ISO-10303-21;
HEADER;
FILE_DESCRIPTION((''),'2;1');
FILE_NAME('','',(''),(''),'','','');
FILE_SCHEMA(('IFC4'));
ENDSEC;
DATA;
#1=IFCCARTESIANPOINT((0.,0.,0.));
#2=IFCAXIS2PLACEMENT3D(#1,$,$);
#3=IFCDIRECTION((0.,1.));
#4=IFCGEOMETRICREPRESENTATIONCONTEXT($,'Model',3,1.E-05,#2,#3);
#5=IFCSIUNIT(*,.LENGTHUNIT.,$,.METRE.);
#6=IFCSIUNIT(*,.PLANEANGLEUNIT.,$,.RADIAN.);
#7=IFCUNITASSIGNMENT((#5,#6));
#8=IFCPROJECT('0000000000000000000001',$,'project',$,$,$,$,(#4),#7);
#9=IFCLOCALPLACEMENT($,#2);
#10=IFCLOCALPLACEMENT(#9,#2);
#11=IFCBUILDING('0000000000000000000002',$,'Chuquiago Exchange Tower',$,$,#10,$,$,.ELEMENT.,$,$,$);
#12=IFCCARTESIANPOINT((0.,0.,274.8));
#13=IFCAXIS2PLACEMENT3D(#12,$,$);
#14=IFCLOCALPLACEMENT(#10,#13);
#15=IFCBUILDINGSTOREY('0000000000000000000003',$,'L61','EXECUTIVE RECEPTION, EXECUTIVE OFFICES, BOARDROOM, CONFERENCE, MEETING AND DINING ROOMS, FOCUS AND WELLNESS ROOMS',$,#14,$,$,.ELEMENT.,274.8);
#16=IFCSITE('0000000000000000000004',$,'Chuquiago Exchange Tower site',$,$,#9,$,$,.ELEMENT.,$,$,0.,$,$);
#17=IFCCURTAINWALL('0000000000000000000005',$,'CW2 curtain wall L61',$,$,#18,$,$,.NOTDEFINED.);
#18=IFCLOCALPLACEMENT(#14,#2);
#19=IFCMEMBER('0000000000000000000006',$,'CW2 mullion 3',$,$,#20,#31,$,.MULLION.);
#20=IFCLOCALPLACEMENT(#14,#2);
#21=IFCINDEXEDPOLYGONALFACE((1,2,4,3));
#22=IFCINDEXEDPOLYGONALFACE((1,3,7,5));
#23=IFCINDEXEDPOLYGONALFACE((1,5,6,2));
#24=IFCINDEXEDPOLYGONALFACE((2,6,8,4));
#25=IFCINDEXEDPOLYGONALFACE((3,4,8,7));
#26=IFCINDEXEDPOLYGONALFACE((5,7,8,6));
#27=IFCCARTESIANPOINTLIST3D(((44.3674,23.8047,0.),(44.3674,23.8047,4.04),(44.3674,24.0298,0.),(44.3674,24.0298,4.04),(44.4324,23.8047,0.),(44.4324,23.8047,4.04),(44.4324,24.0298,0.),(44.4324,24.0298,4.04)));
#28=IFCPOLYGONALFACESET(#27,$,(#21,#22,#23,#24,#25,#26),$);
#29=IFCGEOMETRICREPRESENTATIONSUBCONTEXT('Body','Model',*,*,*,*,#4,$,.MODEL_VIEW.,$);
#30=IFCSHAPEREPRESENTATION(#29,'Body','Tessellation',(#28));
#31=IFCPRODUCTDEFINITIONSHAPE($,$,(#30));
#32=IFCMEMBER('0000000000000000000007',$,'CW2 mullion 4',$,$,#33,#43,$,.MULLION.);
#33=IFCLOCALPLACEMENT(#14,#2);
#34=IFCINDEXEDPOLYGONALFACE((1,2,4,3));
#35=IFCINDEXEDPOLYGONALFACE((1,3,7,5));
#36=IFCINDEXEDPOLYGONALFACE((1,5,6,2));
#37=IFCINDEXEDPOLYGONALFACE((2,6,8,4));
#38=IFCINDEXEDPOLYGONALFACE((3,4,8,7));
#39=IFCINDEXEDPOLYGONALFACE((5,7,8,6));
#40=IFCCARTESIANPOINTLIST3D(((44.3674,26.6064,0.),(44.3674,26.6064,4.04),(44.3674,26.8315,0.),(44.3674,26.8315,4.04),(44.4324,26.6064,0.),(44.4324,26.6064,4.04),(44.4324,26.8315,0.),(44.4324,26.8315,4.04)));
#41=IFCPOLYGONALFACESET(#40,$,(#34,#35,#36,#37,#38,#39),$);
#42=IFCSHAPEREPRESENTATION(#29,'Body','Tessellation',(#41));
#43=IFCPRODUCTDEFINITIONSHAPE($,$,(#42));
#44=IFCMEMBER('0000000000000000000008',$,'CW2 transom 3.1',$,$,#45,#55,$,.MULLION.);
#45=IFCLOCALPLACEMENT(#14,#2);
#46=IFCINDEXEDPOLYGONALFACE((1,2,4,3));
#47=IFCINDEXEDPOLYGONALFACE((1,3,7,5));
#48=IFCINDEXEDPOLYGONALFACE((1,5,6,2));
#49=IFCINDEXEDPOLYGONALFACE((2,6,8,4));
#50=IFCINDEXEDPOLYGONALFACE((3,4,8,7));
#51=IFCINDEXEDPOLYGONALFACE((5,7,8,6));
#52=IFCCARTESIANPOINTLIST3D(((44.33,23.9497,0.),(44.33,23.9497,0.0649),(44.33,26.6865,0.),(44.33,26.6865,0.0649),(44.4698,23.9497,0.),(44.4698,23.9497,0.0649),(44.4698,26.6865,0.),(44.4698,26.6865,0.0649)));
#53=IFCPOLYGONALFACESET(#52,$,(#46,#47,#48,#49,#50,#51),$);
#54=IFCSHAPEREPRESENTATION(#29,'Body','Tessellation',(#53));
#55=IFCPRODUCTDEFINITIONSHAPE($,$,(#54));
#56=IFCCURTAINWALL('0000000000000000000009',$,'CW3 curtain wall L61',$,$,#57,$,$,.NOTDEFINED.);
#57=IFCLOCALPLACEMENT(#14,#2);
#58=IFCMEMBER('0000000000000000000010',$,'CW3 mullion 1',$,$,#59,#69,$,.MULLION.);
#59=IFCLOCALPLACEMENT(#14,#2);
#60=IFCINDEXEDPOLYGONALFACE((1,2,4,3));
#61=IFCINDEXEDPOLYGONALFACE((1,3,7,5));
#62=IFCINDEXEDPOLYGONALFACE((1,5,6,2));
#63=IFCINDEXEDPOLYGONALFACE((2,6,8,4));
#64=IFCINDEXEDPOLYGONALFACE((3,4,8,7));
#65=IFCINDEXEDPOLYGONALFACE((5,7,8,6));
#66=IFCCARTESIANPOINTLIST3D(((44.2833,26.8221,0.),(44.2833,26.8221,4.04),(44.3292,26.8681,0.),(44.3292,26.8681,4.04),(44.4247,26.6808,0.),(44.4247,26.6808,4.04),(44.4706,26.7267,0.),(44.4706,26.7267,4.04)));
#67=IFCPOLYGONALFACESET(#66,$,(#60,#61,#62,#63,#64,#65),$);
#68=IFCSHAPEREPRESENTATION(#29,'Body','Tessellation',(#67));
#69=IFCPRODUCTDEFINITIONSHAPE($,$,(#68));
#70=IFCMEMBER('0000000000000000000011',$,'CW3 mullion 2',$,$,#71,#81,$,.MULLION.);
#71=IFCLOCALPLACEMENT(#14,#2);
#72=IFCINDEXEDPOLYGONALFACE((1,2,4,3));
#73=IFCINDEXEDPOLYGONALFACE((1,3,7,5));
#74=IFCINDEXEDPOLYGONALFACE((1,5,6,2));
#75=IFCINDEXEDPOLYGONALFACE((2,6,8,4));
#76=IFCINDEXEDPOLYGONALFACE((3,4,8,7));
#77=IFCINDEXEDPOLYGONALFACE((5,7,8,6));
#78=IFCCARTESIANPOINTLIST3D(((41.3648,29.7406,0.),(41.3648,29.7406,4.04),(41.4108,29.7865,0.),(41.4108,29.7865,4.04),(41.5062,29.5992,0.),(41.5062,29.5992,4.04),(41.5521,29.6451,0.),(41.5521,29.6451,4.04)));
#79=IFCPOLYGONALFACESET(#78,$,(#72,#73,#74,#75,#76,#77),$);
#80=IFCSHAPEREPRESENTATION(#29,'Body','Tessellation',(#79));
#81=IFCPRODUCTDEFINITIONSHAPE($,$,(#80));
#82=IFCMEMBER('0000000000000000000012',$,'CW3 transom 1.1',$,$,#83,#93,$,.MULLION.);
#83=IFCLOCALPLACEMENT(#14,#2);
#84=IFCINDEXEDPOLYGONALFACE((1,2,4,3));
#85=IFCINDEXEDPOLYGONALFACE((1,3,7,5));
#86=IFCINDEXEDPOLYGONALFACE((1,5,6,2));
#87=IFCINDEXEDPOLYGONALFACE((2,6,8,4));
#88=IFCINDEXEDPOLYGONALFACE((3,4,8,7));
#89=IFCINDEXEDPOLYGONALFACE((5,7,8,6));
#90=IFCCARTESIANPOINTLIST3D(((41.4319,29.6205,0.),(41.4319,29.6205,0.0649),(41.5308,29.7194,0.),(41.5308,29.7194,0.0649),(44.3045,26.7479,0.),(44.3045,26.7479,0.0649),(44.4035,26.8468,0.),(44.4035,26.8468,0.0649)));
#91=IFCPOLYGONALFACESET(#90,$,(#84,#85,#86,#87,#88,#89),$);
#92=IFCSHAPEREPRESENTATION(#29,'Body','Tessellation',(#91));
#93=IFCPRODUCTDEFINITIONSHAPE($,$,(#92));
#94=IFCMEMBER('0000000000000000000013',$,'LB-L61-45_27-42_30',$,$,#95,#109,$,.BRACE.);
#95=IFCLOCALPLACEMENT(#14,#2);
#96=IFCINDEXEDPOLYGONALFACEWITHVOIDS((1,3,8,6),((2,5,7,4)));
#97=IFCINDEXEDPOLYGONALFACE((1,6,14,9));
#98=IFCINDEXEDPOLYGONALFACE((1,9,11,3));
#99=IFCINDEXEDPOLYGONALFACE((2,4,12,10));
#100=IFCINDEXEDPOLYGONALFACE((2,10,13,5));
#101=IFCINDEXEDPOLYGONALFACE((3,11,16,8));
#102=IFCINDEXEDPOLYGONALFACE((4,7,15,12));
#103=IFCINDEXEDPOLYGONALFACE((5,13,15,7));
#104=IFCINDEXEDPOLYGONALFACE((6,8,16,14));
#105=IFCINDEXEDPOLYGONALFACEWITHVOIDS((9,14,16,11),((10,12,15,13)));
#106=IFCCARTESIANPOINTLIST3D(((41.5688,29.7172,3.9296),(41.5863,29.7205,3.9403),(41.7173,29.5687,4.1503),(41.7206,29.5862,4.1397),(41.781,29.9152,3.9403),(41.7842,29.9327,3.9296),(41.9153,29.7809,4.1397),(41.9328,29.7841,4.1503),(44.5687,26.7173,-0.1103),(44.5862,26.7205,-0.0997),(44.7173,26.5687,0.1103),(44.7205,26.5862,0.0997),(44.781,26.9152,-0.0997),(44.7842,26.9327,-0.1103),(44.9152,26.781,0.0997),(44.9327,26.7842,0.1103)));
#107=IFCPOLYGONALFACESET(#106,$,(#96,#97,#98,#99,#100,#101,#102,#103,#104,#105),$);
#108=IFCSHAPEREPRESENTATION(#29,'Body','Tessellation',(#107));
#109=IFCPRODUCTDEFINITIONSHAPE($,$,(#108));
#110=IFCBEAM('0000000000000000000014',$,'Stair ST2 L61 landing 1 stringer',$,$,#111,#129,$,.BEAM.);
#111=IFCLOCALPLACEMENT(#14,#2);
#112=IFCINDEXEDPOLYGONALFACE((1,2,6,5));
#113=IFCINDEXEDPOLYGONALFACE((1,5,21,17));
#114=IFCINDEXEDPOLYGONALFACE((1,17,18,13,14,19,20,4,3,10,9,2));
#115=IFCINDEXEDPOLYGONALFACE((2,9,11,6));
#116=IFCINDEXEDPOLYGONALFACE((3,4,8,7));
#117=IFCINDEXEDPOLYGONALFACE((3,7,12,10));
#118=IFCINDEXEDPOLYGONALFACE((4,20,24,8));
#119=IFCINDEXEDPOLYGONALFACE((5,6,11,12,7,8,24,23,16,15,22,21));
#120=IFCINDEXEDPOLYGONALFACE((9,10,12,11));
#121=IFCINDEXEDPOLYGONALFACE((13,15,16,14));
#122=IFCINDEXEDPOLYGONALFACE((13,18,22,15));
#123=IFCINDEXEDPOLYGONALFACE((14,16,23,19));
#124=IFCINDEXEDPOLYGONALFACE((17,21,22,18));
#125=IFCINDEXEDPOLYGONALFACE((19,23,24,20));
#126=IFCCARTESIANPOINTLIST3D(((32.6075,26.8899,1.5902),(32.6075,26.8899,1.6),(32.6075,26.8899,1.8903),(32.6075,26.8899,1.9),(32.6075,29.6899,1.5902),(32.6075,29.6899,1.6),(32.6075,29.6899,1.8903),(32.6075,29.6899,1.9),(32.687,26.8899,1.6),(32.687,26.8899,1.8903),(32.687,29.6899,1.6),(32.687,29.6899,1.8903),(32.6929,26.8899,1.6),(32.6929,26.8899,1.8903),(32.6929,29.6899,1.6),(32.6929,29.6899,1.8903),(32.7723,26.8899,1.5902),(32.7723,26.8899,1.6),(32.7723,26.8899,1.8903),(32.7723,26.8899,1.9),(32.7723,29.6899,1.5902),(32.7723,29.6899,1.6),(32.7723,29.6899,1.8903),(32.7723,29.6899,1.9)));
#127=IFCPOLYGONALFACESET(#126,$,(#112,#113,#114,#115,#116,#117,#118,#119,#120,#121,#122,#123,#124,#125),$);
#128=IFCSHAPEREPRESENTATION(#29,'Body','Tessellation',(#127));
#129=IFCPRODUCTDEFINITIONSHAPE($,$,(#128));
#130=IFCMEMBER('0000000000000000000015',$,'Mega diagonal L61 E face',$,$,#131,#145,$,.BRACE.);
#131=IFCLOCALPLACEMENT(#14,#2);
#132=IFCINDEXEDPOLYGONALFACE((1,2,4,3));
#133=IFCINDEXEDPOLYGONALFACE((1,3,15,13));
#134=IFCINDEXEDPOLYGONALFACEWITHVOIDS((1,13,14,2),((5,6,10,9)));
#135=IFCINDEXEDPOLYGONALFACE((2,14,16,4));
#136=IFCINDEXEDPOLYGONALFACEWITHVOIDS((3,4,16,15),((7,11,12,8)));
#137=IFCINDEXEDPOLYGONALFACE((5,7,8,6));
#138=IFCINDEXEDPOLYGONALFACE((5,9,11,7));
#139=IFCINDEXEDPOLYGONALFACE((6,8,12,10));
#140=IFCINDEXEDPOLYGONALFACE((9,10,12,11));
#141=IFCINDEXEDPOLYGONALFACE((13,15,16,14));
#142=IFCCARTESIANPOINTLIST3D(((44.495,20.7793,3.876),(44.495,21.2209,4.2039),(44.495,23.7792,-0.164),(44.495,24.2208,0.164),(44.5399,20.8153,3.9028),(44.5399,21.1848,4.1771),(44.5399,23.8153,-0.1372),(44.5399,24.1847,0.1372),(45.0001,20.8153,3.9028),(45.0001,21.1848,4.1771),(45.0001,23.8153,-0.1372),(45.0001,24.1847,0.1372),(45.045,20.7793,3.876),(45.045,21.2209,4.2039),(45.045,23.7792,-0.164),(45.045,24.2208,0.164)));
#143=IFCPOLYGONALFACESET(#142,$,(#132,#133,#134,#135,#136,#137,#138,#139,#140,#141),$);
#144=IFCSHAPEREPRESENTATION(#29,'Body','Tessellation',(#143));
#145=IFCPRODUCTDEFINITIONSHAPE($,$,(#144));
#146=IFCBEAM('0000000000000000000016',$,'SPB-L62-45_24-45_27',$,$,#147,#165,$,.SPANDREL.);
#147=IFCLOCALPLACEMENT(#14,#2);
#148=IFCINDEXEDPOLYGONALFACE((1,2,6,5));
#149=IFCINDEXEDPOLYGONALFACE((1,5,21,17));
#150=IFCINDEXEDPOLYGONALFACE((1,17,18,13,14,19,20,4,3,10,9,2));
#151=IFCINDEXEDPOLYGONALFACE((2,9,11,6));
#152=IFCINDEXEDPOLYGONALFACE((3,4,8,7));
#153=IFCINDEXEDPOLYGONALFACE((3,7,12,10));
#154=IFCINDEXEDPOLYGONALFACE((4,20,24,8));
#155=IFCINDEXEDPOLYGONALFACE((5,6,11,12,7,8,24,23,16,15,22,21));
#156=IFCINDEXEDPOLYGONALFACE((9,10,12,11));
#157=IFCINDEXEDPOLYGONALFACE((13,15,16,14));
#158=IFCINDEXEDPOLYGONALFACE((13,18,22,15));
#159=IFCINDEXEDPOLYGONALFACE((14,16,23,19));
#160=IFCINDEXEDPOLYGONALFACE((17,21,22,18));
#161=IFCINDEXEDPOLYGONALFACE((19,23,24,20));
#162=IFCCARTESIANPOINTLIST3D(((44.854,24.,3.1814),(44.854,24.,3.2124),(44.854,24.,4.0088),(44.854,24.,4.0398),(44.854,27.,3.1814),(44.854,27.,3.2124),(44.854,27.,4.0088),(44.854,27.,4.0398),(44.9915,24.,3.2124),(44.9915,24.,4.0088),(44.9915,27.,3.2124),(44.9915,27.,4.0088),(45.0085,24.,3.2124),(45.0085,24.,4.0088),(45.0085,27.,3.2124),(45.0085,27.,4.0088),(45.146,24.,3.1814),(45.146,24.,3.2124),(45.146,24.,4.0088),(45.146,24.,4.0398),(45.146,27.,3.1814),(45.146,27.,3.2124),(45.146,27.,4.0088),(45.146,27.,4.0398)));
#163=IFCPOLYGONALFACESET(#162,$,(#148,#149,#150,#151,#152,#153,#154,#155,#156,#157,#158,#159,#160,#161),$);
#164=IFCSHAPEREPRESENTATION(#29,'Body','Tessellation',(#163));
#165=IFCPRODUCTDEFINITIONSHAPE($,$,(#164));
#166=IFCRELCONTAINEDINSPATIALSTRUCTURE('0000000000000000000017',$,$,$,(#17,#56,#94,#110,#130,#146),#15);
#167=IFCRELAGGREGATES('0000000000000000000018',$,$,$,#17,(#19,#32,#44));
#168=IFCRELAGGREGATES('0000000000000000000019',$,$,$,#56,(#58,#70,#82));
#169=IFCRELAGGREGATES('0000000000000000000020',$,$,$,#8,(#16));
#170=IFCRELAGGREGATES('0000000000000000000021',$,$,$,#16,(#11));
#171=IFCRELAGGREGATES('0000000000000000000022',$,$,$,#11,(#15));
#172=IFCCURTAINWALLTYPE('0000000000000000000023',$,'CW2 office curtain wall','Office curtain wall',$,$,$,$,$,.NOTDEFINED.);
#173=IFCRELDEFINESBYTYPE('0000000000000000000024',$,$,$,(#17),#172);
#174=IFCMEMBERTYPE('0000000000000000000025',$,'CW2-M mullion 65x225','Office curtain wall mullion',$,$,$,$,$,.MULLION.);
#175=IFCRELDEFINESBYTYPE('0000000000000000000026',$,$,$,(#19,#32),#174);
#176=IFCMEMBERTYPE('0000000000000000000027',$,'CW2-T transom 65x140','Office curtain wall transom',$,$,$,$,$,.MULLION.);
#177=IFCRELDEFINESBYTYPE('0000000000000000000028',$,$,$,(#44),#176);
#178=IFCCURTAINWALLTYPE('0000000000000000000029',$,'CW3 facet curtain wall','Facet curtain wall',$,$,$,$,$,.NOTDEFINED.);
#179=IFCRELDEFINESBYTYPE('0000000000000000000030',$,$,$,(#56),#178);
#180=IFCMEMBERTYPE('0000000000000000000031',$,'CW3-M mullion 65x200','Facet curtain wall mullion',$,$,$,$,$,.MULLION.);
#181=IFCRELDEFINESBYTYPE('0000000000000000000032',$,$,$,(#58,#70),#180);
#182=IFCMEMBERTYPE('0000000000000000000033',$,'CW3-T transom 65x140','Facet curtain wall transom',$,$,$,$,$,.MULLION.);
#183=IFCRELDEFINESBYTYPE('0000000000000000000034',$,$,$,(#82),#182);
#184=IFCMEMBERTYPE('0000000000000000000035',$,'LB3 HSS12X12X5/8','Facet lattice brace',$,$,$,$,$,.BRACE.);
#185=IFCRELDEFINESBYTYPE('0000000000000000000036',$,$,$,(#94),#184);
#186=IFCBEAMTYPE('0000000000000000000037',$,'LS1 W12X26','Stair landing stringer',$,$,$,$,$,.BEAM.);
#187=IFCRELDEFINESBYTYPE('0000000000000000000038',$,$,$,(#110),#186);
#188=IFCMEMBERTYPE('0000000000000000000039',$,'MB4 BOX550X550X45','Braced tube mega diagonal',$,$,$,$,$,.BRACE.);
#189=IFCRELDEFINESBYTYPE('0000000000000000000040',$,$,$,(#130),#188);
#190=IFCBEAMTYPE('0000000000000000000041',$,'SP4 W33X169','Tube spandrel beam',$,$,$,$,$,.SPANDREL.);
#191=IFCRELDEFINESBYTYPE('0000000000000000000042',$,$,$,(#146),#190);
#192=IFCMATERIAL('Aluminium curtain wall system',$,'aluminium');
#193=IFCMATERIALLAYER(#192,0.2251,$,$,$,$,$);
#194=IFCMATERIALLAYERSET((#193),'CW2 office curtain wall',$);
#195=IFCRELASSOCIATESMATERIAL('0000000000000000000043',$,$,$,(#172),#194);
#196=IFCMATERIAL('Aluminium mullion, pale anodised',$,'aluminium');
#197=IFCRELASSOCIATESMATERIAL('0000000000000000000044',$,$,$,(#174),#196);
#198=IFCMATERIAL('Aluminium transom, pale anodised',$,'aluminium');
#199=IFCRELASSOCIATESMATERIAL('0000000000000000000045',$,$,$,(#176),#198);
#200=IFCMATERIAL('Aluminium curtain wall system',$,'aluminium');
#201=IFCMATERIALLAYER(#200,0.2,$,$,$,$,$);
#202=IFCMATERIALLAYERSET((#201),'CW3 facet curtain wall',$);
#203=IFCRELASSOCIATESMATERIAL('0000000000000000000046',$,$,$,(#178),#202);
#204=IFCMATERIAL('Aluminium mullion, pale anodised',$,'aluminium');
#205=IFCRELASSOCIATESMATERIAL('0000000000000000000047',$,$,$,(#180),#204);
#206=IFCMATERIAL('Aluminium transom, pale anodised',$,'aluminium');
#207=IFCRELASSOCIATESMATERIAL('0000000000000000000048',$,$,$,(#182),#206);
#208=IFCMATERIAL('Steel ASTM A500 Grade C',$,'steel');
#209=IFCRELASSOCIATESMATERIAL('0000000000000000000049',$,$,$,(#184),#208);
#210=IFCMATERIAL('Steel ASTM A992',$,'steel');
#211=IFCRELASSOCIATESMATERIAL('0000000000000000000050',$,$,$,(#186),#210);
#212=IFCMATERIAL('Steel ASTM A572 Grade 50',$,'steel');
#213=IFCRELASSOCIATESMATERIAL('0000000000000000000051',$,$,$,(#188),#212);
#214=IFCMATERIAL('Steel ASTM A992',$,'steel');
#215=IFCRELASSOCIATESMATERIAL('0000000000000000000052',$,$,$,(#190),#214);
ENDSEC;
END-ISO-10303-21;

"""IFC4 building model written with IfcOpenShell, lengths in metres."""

from ifc_helpers import new_model, si_unit, direction, frame, origin, origin_2d, place, context, subcontext, project, spatial, rectangle, hollow_rectangle, i_section, extrude, material, layer, layer_set, material_profile, profile_set, type_object, element, aggregate, save


model = new_model("IFC4")

# Units and contexts
model_context = context("Model", 3, precision=1e-05, world=origin(), true_north=direction((0.0, 1.0)))
body_context = subcontext(model_context, "Body", "Model", "MODEL_VIEW")
ifc_project = project(units=[si_unit("LENGTHUNIT", "METRE"), si_unit("PLANEANGLEUNIT", "RADIAN")], contexts=[model_context])

# Site, building, storey
site_placement = place(None, origin())
site = spatial("IfcSite", under=ifc_project, at=site_placement, Name="Chuquiago Exchange Tower site", CompositionType="ELEMENT", RefElevation=0.0)
building_placement = place(site_placement, origin())
building = spatial("IfcBuilding", under=site, at=building_placement, Name="Chuquiago Exchange Tower", CompositionType="ELEMENT")
storey_placement = place(building_placement, frame((0.0, 0.0, 274.8)))
storey = spatial("IfcBuildingStorey", under=building, at=storey_placement, Name="L61", Description="EXECUTIVE RECEPTION, EXECUTIVE OFFICES, BOARDROOM, CONFERENCE, MEETING AND DINING ROOMS, FOCUS AND WELLNESS ROOMS", CompositionType="ELEMENT", Elevation=274.8)

# Curtain walls, members
ifc_material_1 = material(Name="Aluminium curtain wall system", Category="aluminium")
ifc_layer_1 = layer(ifc_material_1, 0.2251)
ifc_layer_set_1 = layer_set([ifc_layer_1], Name="CW2 office curtain wall")
curtain_wall_type_1 = type_object("IfcCurtainWallType", Name="CW2 office curtain wall", Description="Office curtain wall", PredefinedType="NOTDEFINED", material=ifc_layer_set_1)
curtain_wall_1_placement = place(storey_placement, origin())
curtain_wall_1 = element("IfcCurtainWall", 1, at=curtain_wall_1_placement, inside=storey, type_object=curtain_wall_type_1, Name="CW2 curtain wall L61", PredefinedType="NOTDEFINED")
ifc_material_2 = material(Name="Aluminium mullion, pale anodised", Category="aluminium")
ifc_material_profile_1 = material_profile(ifc_material_2, rectangle(XDim=0.0649, YDim=0.2251, at=origin_2d()), Name="AL 65x225")
ifc_profile_set_1 = profile_set([ifc_material_profile_1], Name="Aluminium mullion, pale anodised")
member_type_1 = type_object("IfcMemberType", Name="CW2-M mullion 65x225", Description="Office curtain wall mullion", PredefinedType="MULLION", material=ifc_profile_set_1)
member_1_placement = place(storey_placement, frame((44.3999, 23.9172, 0.0), z_axis=(0.0, 0.0, 1.0), x_axis=(-1.0, 0.0, 0.0)))
member_1 = element("IfcMember", 2, at=member_1_placement, type_object=member_type_1, Name="CW2 mullion 3", PredefinedType="MULLION", context=body_context, shape_type="SweptSolid", body=[
    extrude(rectangle(XDim=0.0649, YDim=0.2251, at=origin_2d()), origin(), (0.0, 0.0, 1.0), 4.04),
])
member_2_placement = place(storey_placement, frame((44.3999, 26.719, 0.0), z_axis=(0.0, 0.0, 1.0), x_axis=(-1.0, 0.0, 0.0)))
member_2 = element("IfcMember", 3, at=member_2_placement, type_object=member_type_1, Name="CW2 mullion 4", PredefinedType="MULLION", context=body_context, shape_type="SweptSolid", body=[
    extrude(rectangle(XDim=0.0649, YDim=0.2251, at=origin_2d()), origin(), (0.0, 0.0, 1.0), 4.04),
])
ifc_material_3 = material(Name="Aluminium transom, pale anodised", Category="aluminium")
ifc_material_profile_2 = material_profile(ifc_material_3, rectangle(XDim=0.1399, YDim=0.0649, at=origin_2d()), Name="AL 140x65")
ifc_profile_set_2 = profile_set([ifc_material_profile_2], Name="Aluminium transom, pale anodised")
member_type_2 = type_object("IfcMemberType", Name="CW2-T transom 65x140", Description="Office curtain wall transom", PredefinedType="MULLION", material=ifc_profile_set_2)
member_3_placement = place(storey_placement, frame((44.3999, 23.9497, 0.0325), z_axis=(0.0, 1.0, 0.0), x_axis=(-1.0, 0.0, 0.0)))
member_3 = element("IfcMember", 4, at=member_3_placement, type_object=member_type_2, Name="CW2 transom 3.1", PredefinedType="MULLION", context=body_context, shape_type="SweptSolid", body=[
    extrude(rectangle(XDim=0.1399, YDim=0.0649, at=origin_2d()), origin(), (0.0, 0.0, 1.0), 2.7368),
])
ifc_material_4 = material(Name="Aluminium curtain wall system", Category="aluminium")
ifc_layer_2 = layer(ifc_material_4, 0.2)
ifc_layer_set_2 = layer_set([ifc_layer_2], Name="CW3 facet curtain wall")
curtain_wall_type_2 = type_object("IfcCurtainWallType", Name="CW3 facet curtain wall", Description="Facet curtain wall", PredefinedType="NOTDEFINED", material=ifc_layer_set_2)
curtain_wall_2_placement = place(storey_placement, origin())
curtain_wall_2 = element("IfcCurtainWall", 5, at=curtain_wall_2_placement, inside=storey, type_object=curtain_wall_type_2, Name="CW3 curtain wall L61", PredefinedType="NOTDEFINED")
ifc_material_5 = material(Name="Aluminium mullion, pale anodised", Category="aluminium")
ifc_material_profile_3 = material_profile(ifc_material_5, rectangle(XDim=0.0649, YDim=0.2, at=origin_2d()), Name="AL 65x200")
ifc_profile_set_3 = profile_set([ifc_material_profile_3], Name="Aluminium mullion, pale anodised")
member_type_3 = type_object("IfcMemberType", Name="CW3-M mullion 65x200", Description="Facet curtain wall mullion", PredefinedType="MULLION", material=ifc_profile_set_3)
member_4_placement = place(storey_placement, frame((44.377, 26.7744, 0.0), z_axis=(0.0, 0.0, 1.0), x_axis=(-0.707107, -0.707107, 0.0)))
member_4 = element("IfcMember", 6, at=member_4_placement, type_object=member_type_3, Name="CW3 mullion 1", PredefinedType="MULLION", context=body_context, shape_type="SweptSolid", body=[
    extrude(rectangle(XDim=0.0649, YDim=0.2, at=origin_2d()), origin(), (0.0, 0.0, 1.0), 4.04),
])
member_5_placement = place(storey_placement, frame((41.4585, 29.6929, 0.0), z_axis=(0.0, 0.0, 1.0), x_axis=(-0.707107, -0.707107, 0.0)))
member_5 = element("IfcMember", 7, at=member_5_placement, type_object=member_type_3, Name="CW3 mullion 2", PredefinedType="MULLION", context=body_context, shape_type="SweptSolid", body=[
    extrude(rectangle(XDim=0.0649, YDim=0.2, at=origin_2d()), origin(), (0.0, 0.0, 1.0), 4.04),
])
ifc_material_6 = material(Name="Aluminium transom, pale anodised", Category="aluminium")
ifc_material_profile_4 = material_profile(ifc_material_6, rectangle(XDim=0.1399, YDim=0.0649, at=origin_2d()), Name="AL 140x65")
ifc_profile_set_4 = profile_set([ifc_material_profile_4], Name="Aluminium transom, pale anodised")
member_type_4 = type_object("IfcMemberType", Name="CW3-T transom 65x140", Description="Facet curtain wall transom", PredefinedType="MULLION", material=ifc_profile_set_4)
member_6_placement = place(storey_placement, frame((44.354, 26.7974, 0.0325), z_axis=(-0.707107, 0.707107, 0.0), x_axis=(-0.707107, -0.707107, 0.0)))
member_6 = element("IfcMember", 8, at=member_6_placement, type_object=member_type_4, Name="CW3 transom 1.1", PredefinedType="MULLION", context=body_context, shape_type="SweptSolid", body=[
    extrude(rectangle(XDim=0.1399, YDim=0.0649, at=origin_2d()), origin(), (0.0, 0.0, 1.0), 4.0625),
])

# Member
ifc_material_7 = material(Name="Steel ASTM A500 Grade C", Category="steel")
ifc_material_profile_5 = material_profile(ifc_material_7, hollow_rectangle(XDim=0.3047, YDim=0.3047, WallThickness=0.0146, at=origin_2d()), Name="HSS12X12X5/8")
ifc_profile_set_5 = profile_set([ifc_material_profile_5], Name="Steel ASTM A500 Grade C")
member_type_5 = type_object("IfcMemberType", Name="LB3 HSS12X12X5/8", Description="Facet lattice brace", PredefinedType="BRACE", material=ifc_profile_set_5)
member_7_placement = place(storey_placement, frame((44.7507, 26.7507, 0.0), z_axis=(-0.512077, 0.512077, 0.689604), x_axis=(-0.707107, -0.707107, 0.0)))
element("IfcMember", 9, at=member_7_placement, inside=storey, type_object=member_type_5, Name="LB-L61-45_27-42_30", PredefinedType="BRACE", context=body_context, shape_type="SweptSolid", body=[
    extrude(hollow_rectangle(XDim=0.3047, YDim=0.3047, WallThickness=0.0146, at=origin_2d()), origin(), (0.0, 0.0, 1.0), 5.8584),
])

# Beam
ifc_material_8 = material(Name="Steel ASTM A992", Category="steel")
ifc_material_profile_6 = material_profile(ifc_material_8, i_section(OverallWidth=0.1648, OverallDepth=0.3098, WebThickness=0.0059, FlangeThickness=0.0098, at=origin_2d()), Name="W12X26")
ifc_profile_set_6 = profile_set([ifc_material_profile_6], Name="Steel ASTM A992")
beam_type_1 = type_object("IfcBeamType", Name="LS1 W12X26", Description="Stair landing stringer", PredefinedType="BEAM", material=ifc_profile_set_6)
beam_1_placement = place(storey_placement, frame((32.6899, 26.8899, 1.7451), z_axis=(0.0, 1.0, 0.0), x_axis=(-1.0, 0.0, 0.0)))
element("IfcBeam", 10, at=beam_1_placement, inside=storey, type_object=beam_type_1, Name="Stair ST2 L61 landing 1 stringer", PredefinedType="BEAM", context=body_context, shape_type="SweptSolid", body=[
    extrude(i_section(OverallWidth=0.1648, OverallDepth=0.3098, WebThickness=0.0059, FlangeThickness=0.0098, at=origin_2d()), origin(), (0.0, 0.0, 1.0), 2.8),
])

# Member
ifc_material_9 = material(Name="Steel ASTM A572 Grade 50", Category="steel")
ifc_material_profile_7 = material_profile(ifc_material_9, hollow_rectangle(XDim=0.55, YDim=0.55, WallThickness=0.0449, at=origin_2d()), Name="BOX550X550X45")
ifc_profile_set_7 = profile_set([ifc_material_profile_7], Name="Steel ASTM A572 Grade 50")
member_type_6 = type_object("IfcMemberType", Name="MB4 BOX550X550X45", Description="Braced tube mega diagonal", PredefinedType="BRACE", material=ifc_profile_set_7)
member_8_placement = place(storey_placement, frame((44.77, 24.0, 0.0), z_axis=(0.0, -0.596174, 0.802855), x_axis=(1.0, 0.0, 0.0)))
element("IfcMember", 11, at=member_8_placement, inside=storey, type_object=member_type_6, Name="Mega diagonal L61 E face", PredefinedType="BRACE", context=body_context, shape_type="SweptSolid", body=[
    extrude(hollow_rectangle(XDim=0.55, YDim=0.55, WallThickness=0.0449, at=origin_2d()), origin(), (0.0, 0.0, 1.0), 5.032),
])

# Beam
ifc_material_10 = material(Name="Steel ASTM A992", Category="steel")
ifc_material_profile_8 = material_profile(ifc_material_10, i_section(OverallWidth=0.292, OverallDepth=0.8584, WebThickness=0.0171, FlangeThickness=0.031, at=origin_2d()), Name="W33X169")
ifc_profile_set_8 = profile_set([ifc_material_profile_8], Name="Steel ASTM A992")
beam_type_2 = type_object("IfcBeamType", Name="SP4 W33X169", Description="Tube spandrel beam", PredefinedType="SPANDREL", material=ifc_profile_set_8)
beam_2_placement = place(storey_placement, frame((45.0, 24.0, 3.6106), z_axis=(0.0, 1.0, 0.0), x_axis=(-1.0, 0.0, 0.0)))
element("IfcBeam", 12, at=beam_2_placement, inside=storey, type_object=beam_type_2, Name="SPB-L62-45_24-45_27", PredefinedType="SPANDREL", context=body_context, shape_type="SweptSolid", body=[
    extrude(i_section(OverallWidth=0.292, OverallDepth=0.8584, WebThickness=0.0171, FlangeThickness=0.031, at=origin_2d()), origin(), (0.0, 0.0, 1.0), 3.0),
])

aggregate(curtain_wall_1, [member_1, member_2, member_3])
aggregate(curtain_wall_2, [member_4, member_5, member_6])

save(model, "model.ifc")
